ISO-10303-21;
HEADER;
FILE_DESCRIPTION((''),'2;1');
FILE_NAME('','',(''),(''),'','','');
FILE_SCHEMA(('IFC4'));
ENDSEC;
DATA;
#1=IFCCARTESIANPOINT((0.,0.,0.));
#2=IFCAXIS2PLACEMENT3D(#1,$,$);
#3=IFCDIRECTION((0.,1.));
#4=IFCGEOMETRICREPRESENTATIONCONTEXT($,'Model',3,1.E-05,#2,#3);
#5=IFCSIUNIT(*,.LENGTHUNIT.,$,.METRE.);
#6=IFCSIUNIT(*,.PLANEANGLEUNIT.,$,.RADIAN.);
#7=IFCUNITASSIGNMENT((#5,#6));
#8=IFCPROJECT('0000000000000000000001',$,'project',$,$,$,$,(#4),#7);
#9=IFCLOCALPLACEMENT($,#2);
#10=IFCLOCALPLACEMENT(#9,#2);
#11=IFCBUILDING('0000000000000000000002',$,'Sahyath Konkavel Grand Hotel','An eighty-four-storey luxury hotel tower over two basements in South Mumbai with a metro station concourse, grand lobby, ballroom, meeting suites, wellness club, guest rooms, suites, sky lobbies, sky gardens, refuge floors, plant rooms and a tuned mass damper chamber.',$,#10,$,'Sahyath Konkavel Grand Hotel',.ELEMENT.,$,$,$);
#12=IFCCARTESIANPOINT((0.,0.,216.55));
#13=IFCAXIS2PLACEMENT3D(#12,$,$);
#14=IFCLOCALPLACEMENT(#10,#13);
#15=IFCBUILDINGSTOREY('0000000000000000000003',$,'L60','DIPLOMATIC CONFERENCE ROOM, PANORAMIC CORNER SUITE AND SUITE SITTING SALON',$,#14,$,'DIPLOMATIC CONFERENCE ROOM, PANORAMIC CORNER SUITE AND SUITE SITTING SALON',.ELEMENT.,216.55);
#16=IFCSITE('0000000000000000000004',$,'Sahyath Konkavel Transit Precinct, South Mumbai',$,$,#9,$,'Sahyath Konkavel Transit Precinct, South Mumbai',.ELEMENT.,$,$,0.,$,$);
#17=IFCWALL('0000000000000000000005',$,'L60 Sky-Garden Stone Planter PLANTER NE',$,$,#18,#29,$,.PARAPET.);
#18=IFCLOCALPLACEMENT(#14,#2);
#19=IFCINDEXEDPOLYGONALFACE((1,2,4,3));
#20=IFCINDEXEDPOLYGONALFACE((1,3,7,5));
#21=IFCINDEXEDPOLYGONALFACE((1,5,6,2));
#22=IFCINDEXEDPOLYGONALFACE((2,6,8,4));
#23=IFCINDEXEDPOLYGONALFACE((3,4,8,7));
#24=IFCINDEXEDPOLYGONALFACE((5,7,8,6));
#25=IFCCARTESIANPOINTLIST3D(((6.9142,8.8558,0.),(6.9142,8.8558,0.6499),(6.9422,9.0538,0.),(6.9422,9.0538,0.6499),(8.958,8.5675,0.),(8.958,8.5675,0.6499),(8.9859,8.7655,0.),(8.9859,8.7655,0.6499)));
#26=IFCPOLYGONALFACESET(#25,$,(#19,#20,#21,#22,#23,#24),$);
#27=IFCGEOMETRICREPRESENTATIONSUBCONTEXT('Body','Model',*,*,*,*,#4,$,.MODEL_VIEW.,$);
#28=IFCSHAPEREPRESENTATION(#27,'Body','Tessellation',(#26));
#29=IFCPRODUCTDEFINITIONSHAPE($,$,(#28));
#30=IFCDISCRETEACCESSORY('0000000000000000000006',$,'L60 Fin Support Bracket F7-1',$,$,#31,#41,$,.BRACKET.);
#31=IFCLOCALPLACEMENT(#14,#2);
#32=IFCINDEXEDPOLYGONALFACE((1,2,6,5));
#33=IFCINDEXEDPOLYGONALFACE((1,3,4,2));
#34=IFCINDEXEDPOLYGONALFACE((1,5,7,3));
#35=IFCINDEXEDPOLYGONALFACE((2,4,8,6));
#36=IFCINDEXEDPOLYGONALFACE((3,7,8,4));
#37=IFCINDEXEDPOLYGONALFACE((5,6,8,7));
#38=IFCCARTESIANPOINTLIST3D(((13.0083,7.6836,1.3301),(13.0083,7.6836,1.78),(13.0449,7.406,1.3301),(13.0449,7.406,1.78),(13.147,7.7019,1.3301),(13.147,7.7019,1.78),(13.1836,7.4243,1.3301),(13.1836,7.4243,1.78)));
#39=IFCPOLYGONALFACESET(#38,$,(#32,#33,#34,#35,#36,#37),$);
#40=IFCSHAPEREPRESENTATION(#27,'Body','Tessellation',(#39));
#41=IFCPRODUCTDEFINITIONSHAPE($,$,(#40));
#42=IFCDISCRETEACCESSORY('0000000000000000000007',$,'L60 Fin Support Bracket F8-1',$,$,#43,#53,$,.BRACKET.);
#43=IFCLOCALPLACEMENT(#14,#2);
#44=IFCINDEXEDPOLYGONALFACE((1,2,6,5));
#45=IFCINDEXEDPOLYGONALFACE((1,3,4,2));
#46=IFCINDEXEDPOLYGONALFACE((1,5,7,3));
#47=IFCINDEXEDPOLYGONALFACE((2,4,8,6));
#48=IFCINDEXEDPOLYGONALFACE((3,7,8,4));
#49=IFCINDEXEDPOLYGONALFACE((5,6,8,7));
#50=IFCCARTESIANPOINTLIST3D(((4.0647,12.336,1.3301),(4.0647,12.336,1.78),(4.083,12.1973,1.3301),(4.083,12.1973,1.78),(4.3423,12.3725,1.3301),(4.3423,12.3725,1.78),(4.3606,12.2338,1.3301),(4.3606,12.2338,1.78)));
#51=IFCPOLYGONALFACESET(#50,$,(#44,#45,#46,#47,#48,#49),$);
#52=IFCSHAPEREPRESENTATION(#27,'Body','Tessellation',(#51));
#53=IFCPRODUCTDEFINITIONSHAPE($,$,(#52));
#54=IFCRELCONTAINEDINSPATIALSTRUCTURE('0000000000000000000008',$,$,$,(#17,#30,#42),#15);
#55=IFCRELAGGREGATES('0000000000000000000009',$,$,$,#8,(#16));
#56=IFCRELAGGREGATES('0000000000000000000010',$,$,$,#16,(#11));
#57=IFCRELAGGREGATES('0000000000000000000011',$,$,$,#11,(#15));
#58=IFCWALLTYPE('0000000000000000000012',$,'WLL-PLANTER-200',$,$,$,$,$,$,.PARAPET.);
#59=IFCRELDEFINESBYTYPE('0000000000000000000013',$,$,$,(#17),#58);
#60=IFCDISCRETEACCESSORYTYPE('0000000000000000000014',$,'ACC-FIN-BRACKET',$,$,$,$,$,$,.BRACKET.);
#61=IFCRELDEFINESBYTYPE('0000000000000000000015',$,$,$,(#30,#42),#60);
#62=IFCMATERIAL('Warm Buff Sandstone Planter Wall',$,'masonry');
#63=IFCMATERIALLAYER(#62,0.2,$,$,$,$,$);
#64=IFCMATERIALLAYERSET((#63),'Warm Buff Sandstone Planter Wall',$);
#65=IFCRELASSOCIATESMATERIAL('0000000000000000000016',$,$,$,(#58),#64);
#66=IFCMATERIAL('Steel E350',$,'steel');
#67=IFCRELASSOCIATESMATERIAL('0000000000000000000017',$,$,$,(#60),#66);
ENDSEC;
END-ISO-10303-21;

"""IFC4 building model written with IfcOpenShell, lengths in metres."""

from ifc_helpers import new_model, si_unit, direction, frame, frame_2d, origin, origin_2d, place, context, subcontext, project, spatial, rectangle, extrude, source, transform, mapped, material, layer, layer_set, type_object, element, save


model = new_model("IFC4")

# Units and contexts
model_context = context("Model", 3, precision=1e-05, world=origin(), true_north=direction((0.0, 1.0)))
body_context = subcontext(model_context, "Body", "Model", "MODEL_VIEW")
ifc_project = project(units=[si_unit("LENGTHUNIT", "METRE"), si_unit("PLANEANGLEUNIT", "RADIAN")], contexts=[model_context])

# Site, building, storey
site_placement = place(None, origin())
site = spatial("IfcSite", under=ifc_project, at=site_placement, Name="Sahyath Konkavel Transit Precinct, South Mumbai", LongName="Sahyath Konkavel Transit Precinct, South Mumbai", CompositionType="ELEMENT", RefElevation=0.0)
building_placement = place(site_placement, origin())
building = spatial("IfcBuilding", under=site, at=building_placement, Name="Sahyath Konkavel Grand Hotel", Description="An eighty-four-storey luxury hotel tower over two basements in South Mumbai with a metro station concourse, grand lobby, ballroom, meeting suites, wellness club, guest rooms, suites, sky lobbies, sky gardens, refuge floors, plant rooms and a tuned mass damper chamber.", LongName="Sahyath Konkavel Grand Hotel", CompositionType="ELEMENT")
storey_placement = place(building_placement, frame((0.0, 0.0, 216.55)))
storey = spatial("IfcBuildingStorey", under=building, at=storey_placement, Name="L60", Description="DIPLOMATIC CONFERENCE ROOM, PANORAMIC CORNER SUITE AND SUITE SITTING SALON", LongName="DIPLOMATIC CONFERENCE ROOM, PANORAMIC CORNER SUITE AND SUITE SITTING SALON", CompositionType="ELEMENT", Elevation=216.55)

# Shared definitions
ifc_material_1 = material(Name="Steel E350", Category="steel")

# Wall
ifc_material_2 = material(Name="Warm Buff Sandstone Planter Wall", Category="masonry")
ifc_layer_1 = layer(ifc_material_2, 0.2)
ifc_layer_set_1 = layer_set([ifc_layer_1], Name="Warm Buff Sandstone Planter Wall")
wall_type_1 = type_object("IfcWallType", Name="WLL-PLANTER-200", PredefinedType="PARAPET", material=ifc_layer_set_1)
wall_1_placement = place(storey_placement, frame((8.9719, 8.6665, 0.0), z_axis=(0.0, 0.0, 1.0), x_axis=(-0.990194, 0.139699, 0.0)))
element("IfcWall", 1, at=wall_1_placement, inside=storey, type_object=wall_type_1, Name="L60 Sky-Garden Stone Planter PLANTER NE", PredefinedType="PARAPET", context=body_context, shape_type="SweptSolid", body=[
    extrude(rectangle(XDim=2.064, YDim=0.2, at=frame_2d((1.032, 0.0))), origin(), (0.0, 0.0, 1.0), 0.6499),
])

# Discrete accessories
discrete_accessory_type = type_object("IfcDiscreteAccessoryType", Name="ACC-FIN-BRACKET", PredefinedType="BRACKET", material=ifc_material_1)
shared_shape_1 = source(origin(), body_context, "Body", "SweptSolid", [
    extrude(rectangle(XDim=0.28, YDim=0.1399, at=origin_2d()), origin(), (0.0, 0.0, 1.0), 0.45),
])
for number, where, z_axis, x_axis, name in (
    (2, (13.0959, 7.554, 1.3301), (0.0, 0.0, 1.0), (-0.130526, 0.991445, 0.0), "L60 Fin Support Bracket F7-1"),
    (3, (4.2126, 12.2849, 1.3301), (0.0, 0.0, 1.0), (0.991445, 0.130526, 0.0), "L60 Fin Support Bracket F8-1"),
):
    element("IfcDiscreteAccessory", number, at=place(storey_placement, frame(where, z_axis=z_axis, x_axis=x_axis)), inside=storey, type_object=discrete_accessory_type, Name=name, PredefinedType="BRACKET", context=body_context, shape_type="MappedRepresentation", body=[
        mapped(shared_shape_1, transform((0.0, 0.0, 0.0), scale=1.0)),
    ])

save(model, "model.ifc")
